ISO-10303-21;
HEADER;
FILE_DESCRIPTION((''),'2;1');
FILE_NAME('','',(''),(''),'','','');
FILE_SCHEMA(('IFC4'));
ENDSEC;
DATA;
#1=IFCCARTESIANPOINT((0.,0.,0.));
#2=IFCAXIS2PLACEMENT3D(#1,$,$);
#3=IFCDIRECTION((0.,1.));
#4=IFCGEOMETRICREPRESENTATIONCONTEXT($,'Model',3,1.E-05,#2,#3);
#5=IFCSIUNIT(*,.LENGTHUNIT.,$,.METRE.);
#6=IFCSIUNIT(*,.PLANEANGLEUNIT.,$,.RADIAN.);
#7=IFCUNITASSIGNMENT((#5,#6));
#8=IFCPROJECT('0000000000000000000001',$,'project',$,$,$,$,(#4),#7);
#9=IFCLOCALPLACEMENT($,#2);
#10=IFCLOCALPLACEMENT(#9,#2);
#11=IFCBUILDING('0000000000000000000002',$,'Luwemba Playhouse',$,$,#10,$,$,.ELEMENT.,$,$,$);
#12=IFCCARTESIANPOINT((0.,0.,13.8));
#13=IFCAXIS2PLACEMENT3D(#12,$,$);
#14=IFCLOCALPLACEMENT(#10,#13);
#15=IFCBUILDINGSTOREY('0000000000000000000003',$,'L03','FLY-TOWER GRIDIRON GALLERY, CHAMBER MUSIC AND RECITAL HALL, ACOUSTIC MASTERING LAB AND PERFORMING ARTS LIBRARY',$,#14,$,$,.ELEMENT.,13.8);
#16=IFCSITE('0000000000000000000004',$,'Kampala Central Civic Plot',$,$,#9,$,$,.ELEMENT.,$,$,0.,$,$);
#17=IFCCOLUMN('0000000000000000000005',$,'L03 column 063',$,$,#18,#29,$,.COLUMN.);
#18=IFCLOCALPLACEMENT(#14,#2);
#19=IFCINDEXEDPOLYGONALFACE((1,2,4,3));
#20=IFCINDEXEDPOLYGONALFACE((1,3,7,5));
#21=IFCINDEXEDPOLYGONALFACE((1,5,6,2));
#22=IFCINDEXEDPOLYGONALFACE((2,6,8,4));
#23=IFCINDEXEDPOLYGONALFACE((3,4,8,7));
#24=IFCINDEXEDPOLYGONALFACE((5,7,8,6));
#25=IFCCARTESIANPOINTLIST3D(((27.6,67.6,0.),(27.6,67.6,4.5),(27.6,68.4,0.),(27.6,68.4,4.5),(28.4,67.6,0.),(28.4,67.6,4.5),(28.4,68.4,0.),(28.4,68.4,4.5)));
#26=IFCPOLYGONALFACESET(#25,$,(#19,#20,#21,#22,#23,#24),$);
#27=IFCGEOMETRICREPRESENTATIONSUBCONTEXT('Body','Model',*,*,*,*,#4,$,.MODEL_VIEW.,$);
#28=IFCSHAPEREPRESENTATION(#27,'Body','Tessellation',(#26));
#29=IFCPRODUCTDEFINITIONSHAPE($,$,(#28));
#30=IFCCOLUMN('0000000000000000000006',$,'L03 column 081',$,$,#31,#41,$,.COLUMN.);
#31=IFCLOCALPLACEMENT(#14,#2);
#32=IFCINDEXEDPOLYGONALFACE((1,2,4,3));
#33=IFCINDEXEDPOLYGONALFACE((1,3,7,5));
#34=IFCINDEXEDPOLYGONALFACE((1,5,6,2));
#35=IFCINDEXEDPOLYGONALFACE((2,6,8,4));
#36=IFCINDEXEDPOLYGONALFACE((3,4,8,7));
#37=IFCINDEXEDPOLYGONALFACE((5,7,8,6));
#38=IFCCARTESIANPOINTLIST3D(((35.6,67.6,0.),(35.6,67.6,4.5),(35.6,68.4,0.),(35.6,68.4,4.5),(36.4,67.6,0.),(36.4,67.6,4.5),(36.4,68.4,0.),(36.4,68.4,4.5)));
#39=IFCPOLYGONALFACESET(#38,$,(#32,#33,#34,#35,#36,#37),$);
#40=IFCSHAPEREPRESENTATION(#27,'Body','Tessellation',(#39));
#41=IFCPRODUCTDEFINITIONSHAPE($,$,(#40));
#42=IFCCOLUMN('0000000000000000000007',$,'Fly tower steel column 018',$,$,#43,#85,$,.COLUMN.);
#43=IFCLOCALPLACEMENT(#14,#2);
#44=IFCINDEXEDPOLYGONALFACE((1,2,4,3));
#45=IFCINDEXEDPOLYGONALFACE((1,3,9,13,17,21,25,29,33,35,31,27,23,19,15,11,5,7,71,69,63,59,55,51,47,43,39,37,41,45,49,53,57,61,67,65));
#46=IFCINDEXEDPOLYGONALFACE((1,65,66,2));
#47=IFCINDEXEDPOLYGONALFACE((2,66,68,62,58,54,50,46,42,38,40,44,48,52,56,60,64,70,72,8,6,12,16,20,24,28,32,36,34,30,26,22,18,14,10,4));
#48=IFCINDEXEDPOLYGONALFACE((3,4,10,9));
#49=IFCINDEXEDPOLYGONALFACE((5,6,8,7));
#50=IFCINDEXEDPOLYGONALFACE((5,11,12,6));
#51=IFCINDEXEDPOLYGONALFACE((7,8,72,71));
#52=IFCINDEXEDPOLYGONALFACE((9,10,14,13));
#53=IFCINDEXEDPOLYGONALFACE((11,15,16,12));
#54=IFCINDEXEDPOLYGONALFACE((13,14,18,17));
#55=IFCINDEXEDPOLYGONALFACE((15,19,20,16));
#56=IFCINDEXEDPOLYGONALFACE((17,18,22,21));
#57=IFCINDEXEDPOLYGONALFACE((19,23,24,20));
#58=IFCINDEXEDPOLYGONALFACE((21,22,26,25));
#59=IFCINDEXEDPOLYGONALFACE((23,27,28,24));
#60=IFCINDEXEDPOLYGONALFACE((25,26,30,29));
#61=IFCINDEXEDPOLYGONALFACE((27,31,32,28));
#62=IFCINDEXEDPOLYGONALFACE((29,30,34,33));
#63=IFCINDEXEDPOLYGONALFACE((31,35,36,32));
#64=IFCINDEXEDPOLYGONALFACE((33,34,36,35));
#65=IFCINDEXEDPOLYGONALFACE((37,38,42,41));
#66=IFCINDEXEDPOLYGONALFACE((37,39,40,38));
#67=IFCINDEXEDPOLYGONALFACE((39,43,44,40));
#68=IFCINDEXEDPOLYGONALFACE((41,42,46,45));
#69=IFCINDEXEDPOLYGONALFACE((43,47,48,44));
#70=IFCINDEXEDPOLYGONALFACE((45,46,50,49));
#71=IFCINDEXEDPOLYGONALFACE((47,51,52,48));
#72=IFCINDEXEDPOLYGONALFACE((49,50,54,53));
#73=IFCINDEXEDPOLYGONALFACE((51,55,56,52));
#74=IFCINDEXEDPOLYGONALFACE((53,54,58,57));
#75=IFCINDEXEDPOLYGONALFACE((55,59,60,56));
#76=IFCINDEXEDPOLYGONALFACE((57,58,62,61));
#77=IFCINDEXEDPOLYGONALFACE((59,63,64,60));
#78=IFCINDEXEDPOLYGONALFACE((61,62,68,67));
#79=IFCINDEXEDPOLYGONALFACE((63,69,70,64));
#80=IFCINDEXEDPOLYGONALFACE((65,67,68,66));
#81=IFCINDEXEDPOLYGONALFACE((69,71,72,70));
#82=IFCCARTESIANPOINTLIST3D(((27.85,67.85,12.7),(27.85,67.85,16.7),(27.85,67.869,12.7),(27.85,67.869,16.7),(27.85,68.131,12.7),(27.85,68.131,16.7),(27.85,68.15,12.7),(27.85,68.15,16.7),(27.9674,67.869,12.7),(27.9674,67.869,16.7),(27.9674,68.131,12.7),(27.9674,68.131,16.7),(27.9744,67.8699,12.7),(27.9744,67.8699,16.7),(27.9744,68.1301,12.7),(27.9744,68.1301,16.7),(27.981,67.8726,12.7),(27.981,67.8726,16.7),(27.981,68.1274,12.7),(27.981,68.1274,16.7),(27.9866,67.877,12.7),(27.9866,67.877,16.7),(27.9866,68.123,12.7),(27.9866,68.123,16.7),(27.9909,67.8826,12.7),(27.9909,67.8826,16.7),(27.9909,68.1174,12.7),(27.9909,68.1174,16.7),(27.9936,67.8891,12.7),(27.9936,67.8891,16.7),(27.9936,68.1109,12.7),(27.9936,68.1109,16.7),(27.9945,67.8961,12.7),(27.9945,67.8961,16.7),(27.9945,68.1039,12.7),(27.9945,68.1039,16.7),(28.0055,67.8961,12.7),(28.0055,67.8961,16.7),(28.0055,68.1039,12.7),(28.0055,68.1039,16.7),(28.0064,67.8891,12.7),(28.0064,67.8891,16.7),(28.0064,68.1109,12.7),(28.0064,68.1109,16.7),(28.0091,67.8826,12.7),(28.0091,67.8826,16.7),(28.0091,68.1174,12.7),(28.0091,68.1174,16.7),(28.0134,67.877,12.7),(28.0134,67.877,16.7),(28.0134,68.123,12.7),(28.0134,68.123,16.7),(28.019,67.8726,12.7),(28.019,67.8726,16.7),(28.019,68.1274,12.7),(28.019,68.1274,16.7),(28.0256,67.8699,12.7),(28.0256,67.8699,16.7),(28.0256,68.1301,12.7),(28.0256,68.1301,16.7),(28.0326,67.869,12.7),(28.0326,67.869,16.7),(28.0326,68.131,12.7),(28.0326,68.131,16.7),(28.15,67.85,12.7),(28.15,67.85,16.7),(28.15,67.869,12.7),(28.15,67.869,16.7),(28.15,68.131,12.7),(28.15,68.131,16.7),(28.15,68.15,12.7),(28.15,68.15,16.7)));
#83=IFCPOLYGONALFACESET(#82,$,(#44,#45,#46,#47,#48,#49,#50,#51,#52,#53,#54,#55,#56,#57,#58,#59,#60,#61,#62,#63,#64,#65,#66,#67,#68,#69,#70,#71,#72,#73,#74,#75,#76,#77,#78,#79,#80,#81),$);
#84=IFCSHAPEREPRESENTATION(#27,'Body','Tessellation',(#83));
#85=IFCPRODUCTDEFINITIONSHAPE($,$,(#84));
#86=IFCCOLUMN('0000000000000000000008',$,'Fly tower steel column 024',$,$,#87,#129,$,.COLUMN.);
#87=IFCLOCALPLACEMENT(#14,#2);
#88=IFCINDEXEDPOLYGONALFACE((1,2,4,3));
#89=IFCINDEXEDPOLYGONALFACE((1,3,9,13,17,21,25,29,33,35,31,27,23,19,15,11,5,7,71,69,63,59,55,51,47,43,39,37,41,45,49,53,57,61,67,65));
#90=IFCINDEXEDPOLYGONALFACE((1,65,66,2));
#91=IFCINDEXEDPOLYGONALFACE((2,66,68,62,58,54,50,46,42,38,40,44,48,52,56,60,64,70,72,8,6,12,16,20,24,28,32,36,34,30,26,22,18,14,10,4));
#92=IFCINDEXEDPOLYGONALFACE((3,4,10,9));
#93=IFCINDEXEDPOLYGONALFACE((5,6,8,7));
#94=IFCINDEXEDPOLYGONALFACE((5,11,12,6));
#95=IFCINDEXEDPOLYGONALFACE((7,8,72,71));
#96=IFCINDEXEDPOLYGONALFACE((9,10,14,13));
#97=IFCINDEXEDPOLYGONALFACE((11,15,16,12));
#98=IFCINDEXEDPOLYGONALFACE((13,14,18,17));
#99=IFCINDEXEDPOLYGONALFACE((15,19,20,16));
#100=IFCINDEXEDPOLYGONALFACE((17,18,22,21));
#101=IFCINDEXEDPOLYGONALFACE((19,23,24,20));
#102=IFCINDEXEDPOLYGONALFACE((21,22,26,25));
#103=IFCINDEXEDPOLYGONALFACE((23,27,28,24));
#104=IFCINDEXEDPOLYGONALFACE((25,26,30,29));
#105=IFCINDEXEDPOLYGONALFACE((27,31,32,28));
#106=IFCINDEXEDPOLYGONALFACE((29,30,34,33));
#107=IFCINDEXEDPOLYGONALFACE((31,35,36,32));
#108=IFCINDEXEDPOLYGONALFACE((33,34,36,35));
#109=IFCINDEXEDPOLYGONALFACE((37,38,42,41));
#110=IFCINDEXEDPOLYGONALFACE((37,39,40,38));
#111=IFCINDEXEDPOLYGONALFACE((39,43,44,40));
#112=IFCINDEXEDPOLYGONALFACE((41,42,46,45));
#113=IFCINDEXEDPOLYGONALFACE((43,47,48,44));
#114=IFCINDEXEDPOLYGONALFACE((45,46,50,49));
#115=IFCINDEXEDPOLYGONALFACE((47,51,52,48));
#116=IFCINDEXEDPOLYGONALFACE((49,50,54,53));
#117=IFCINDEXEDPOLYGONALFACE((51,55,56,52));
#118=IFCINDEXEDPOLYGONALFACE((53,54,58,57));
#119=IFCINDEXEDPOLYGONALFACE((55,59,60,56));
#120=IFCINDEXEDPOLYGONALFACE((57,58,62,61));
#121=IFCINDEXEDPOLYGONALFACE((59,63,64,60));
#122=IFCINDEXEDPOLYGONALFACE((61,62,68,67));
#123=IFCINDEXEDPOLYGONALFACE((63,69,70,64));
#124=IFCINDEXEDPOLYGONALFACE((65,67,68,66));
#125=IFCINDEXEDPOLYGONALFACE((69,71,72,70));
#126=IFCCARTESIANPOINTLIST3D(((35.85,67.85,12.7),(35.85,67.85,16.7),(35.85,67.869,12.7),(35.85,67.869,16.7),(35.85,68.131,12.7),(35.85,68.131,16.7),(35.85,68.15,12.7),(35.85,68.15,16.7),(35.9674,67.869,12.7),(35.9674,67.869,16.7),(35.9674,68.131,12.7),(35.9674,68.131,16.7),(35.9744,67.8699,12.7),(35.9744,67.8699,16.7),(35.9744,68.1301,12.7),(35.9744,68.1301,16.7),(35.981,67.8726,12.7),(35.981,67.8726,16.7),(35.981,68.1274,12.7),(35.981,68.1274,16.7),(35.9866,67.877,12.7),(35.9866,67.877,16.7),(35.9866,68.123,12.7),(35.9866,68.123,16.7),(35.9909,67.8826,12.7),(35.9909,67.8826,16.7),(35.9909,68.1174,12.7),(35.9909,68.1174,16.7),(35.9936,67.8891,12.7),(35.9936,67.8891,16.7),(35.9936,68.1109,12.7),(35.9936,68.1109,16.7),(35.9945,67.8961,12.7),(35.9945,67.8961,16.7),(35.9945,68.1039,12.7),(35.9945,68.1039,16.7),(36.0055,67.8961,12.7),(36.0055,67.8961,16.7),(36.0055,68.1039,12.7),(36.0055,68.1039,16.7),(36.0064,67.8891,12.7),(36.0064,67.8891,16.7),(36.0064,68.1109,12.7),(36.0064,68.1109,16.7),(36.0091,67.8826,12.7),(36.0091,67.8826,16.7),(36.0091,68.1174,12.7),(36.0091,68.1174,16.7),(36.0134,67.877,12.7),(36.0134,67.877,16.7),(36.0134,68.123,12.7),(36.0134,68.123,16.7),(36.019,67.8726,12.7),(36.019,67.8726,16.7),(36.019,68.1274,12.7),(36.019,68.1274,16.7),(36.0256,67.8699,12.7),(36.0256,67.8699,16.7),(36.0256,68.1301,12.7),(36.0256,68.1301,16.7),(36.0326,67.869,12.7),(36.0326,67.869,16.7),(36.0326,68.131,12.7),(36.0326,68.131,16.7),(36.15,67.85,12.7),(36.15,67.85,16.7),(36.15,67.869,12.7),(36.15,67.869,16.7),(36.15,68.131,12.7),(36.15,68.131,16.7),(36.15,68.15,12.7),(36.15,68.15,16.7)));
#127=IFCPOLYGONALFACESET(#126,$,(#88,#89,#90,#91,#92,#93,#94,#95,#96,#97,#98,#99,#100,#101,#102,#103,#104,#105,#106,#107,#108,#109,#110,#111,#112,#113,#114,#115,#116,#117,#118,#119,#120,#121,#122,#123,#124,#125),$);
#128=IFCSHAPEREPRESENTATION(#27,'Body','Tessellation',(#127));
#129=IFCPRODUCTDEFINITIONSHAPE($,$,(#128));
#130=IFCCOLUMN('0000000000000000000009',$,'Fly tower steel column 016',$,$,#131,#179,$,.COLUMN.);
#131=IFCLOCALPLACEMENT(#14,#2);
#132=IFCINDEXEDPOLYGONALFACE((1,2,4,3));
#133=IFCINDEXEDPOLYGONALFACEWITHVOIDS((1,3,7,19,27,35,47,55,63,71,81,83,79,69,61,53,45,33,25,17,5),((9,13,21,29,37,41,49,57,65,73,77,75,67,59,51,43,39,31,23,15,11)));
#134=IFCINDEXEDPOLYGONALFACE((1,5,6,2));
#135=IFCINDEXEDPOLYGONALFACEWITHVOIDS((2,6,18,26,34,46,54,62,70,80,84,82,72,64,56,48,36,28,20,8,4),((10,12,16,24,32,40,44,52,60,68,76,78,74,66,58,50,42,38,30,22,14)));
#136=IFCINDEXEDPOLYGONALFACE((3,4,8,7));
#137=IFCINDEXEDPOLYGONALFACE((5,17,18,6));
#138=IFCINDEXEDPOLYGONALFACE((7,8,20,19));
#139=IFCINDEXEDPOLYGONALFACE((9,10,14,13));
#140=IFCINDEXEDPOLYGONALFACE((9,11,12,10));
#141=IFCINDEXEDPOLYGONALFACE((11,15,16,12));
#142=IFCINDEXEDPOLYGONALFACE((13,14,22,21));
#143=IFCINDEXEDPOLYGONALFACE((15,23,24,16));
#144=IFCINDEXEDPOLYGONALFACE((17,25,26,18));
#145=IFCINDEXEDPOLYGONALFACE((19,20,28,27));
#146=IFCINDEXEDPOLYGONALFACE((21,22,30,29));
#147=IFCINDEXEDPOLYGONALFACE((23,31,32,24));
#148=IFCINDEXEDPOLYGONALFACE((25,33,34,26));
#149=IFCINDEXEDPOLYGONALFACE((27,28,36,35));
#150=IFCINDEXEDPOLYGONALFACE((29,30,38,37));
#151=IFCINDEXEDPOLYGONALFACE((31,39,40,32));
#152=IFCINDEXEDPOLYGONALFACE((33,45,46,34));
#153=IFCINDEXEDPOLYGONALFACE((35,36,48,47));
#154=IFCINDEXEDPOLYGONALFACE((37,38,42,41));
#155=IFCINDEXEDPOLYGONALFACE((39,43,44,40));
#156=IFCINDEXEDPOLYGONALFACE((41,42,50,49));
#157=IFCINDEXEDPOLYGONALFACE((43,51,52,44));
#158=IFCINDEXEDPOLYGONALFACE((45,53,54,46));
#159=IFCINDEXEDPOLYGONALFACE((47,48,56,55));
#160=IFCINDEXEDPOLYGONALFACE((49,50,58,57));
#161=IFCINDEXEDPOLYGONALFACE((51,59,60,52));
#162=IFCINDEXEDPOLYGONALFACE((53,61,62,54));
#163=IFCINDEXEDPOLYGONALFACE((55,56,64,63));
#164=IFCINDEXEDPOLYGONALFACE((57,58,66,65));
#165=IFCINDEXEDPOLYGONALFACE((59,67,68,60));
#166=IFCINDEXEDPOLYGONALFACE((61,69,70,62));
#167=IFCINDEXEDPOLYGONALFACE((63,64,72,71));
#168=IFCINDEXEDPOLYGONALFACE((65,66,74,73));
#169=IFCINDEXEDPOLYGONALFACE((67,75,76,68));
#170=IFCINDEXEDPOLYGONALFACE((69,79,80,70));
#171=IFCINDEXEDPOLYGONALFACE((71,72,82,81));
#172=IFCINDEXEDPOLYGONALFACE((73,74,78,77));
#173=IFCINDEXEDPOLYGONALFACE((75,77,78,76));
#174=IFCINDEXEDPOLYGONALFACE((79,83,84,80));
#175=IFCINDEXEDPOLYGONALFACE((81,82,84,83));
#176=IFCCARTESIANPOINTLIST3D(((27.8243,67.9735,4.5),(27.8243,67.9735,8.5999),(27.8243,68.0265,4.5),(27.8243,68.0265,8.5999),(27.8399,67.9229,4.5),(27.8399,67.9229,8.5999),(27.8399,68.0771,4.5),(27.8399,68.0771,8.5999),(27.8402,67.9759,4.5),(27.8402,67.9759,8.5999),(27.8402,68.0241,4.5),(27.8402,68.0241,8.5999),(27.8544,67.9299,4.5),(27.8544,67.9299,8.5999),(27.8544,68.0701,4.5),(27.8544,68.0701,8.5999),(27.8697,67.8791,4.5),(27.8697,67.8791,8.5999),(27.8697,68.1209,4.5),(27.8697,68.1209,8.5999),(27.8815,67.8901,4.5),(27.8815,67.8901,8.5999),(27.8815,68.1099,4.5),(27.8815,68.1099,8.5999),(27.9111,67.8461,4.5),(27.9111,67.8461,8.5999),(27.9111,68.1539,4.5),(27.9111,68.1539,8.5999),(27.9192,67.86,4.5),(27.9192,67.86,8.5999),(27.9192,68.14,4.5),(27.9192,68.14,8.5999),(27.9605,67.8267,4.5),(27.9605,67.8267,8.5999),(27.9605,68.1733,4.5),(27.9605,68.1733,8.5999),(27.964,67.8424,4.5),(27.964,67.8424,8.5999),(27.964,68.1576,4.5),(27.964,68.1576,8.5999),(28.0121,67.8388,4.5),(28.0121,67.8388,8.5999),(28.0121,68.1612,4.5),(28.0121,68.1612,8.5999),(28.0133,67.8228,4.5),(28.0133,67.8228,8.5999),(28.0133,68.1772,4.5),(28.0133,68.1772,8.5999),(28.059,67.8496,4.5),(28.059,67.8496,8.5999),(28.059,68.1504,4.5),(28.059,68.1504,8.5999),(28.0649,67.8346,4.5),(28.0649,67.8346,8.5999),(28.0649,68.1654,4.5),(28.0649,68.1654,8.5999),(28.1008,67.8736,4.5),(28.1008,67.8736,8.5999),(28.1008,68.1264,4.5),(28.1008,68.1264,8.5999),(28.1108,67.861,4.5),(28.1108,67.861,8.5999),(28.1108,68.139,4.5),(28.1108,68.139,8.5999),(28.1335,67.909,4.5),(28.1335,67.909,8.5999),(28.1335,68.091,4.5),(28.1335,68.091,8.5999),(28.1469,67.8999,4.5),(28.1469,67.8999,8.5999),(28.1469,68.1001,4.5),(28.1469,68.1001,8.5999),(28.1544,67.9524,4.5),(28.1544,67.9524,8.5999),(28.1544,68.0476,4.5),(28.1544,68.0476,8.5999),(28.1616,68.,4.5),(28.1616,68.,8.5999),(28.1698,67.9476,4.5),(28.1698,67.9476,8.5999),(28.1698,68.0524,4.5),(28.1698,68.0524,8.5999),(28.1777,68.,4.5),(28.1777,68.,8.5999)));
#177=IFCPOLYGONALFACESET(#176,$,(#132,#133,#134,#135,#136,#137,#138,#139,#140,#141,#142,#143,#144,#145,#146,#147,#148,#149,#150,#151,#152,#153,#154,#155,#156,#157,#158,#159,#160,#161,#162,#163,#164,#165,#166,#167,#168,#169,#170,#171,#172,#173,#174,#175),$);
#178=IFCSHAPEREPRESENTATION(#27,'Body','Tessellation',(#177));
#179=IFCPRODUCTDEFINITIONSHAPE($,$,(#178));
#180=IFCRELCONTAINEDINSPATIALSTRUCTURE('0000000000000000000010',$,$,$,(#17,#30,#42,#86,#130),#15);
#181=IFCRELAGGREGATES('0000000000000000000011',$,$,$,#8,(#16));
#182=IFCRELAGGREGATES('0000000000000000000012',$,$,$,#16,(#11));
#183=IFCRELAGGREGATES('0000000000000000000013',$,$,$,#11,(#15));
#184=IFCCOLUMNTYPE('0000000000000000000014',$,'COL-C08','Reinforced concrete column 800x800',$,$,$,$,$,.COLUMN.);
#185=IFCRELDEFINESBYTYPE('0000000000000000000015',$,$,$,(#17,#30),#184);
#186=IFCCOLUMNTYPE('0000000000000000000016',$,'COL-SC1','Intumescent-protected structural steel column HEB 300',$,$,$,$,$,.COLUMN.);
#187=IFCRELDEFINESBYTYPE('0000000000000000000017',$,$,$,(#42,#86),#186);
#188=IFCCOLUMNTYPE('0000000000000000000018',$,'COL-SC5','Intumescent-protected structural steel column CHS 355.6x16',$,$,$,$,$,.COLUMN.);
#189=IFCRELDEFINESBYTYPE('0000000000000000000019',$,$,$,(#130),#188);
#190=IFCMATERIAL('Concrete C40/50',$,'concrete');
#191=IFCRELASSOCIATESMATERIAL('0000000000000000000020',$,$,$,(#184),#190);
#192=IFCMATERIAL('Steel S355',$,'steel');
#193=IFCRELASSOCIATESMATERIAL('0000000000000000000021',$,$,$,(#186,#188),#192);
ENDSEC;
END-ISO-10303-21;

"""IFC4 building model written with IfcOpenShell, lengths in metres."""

from ifc_helpers import new_model, si_unit, direction, frame, origin, origin_2d, place, context, subcontext, project, spatial, rectangle, hollow_circle, i_section, extrude, material, material_profile, profile_set, type_object, element, save


model = new_model("IFC4")

# Units and contexts
model_context = context("Model", 3, precision=1e-05, world=origin(), true_north=direction((0.0, 1.0)))
body_context = subcontext(model_context, "Body", "Model", "MODEL_VIEW")
ifc_project = project(units=[si_unit("LENGTHUNIT", "METRE"), si_unit("PLANEANGLEUNIT", "RADIAN")], contexts=[model_context])

# Site, building, storey
site_placement = place(None, origin())
site = spatial("IfcSite", under=ifc_project, at=site_placement, Name="Kampala Central Civic Plot", CompositionType="ELEMENT", RefElevation=0.0)
building_placement = place(site_placement, origin())
building = spatial("IfcBuilding", under=site, at=building_placement, Name="Luwemba Playhouse", CompositionType="ELEMENT")
storey_placement = place(building_placement, frame((0.0, 0.0, 13.8)))
storey = spatial("IfcBuildingStorey", under=building, at=storey_placement, Name="L03", Description="FLY-TOWER GRIDIRON GALLERY, CHAMBER MUSIC AND RECITAL HALL, ACOUSTIC MASTERING LAB AND PERFORMING ARTS LIBRARY", CompositionType="ELEMENT", Elevation=13.8)

# Columns
ifc_material_1 = material(Name="Concrete C40/50", Category="concrete")
ifc_material_profile_1 = material_profile(ifc_material_1, rectangle(XDim=0.8, YDim=0.8, at=origin_2d()))
ifc_profile_set_1 = profile_set([ifc_material_profile_1], Name="Concrete C40/50")
column_type_1 = type_object("IfcColumnType", Name="COL-C08", Description="Reinforced concrete column 800x800", PredefinedType="COLUMN", material=ifc_profile_set_1)
for number, where, z_axis, x_axis, name in (
    (1, (28.0, 68.0, 0.0), (0.0, 0.0, 1.0), (1.0, 0.0, 0.0), "L03 column 063"),
    (2, (36.0, 68.0, 0.0), (0.0, 0.0, 1.0), (1.0, 0.0, 0.0), "L03 column 081"),
):
    element("IfcColumn", number, at=place(storey_placement, frame(where, z_axis=z_axis, x_axis=x_axis)), inside=storey, type_object=column_type_1, Name=name, PredefinedType="COLUMN", context=body_context, shape_type="SweptSolid", body=[
        extrude(rectangle(XDim=0.8, YDim=0.8, at=origin_2d()), origin(), (0.0, 0.0, 1.0), 4.5),
    ])
ifc_material_2 = material(Name="Steel S355", Category="steel")
ifc_material_profile_2 = material_profile(ifc_material_2, i_section(OverallWidth=0.3, OverallDepth=0.3, WebThickness=0.011, FlangeThickness=0.019, FilletRadius=0.0271, at=origin_2d()))
ifc_profile_set_2 = profile_set([ifc_material_profile_2], Name="Steel S355")
column_type_2 = type_object("IfcColumnType", Name="COL-SC1", Description="Intumescent-protected structural steel column HEB 300", PredefinedType="COLUMN", material=ifc_profile_set_2)
for number, where, z_axis, x_axis, name in (
    (3, (28.0, 68.0, 12.7), (0.0, 0.0, 1.0), (1.0, 0.0, 0.0), "Fly tower steel column 018"),
    (4, (36.0, 68.0, 12.7), (0.0, 0.0, 1.0), (1.0, 0.0, 0.0), "Fly tower steel column 024"),
):
    element("IfcColumn", number, at=place(storey_placement, frame(where, z_axis=z_axis, x_axis=x_axis)), inside=storey, type_object=column_type_2, Name=name, PredefinedType="COLUMN", context=body_context, shape_type="SweptSolid", body=[
        extrude(i_section(OverallWidth=0.3, OverallDepth=0.3, WebThickness=0.011, FlangeThickness=0.019, FilletRadius=0.0271, at=origin_2d()), origin(), (0.0, 0.0, 1.0), 4.0),
    ])
ifc_material_profile_3 = material_profile(ifc_material_2, hollow_circle(Radius=0.1777, WallThickness=0.0161, at=origin_2d()))
ifc_profile_set_3 = profile_set([ifc_material_profile_3], Name="Steel S355")
column_type_3 = type_object("IfcColumnType", Name="COL-SC5", Description="Intumescent-protected structural steel column CHS 355.6x16", PredefinedType="COLUMN", material=ifc_profile_set_3)
for number, where, z_axis, x_axis, name in (
    (5, (28.0, 68.0, 4.5), (0.0, 0.0, 1.0), (1.0, 0.0, 0.0), "Fly tower steel column 016"),
):
    element("IfcColumn", number, at=place(storey_placement, frame(where, z_axis=z_axis, x_axis=x_axis)), inside=storey, type_object=column_type_3, Name=name, PredefinedType="COLUMN", context=body_context, shape_type="SweptSolid", body=[
        extrude(hollow_circle(Radius=0.1777, WallThickness=0.0161, at=origin_2d()), origin(), (0.0, 0.0, 1.0), 4.0999),
    ])

save(model, "model.ifc")
